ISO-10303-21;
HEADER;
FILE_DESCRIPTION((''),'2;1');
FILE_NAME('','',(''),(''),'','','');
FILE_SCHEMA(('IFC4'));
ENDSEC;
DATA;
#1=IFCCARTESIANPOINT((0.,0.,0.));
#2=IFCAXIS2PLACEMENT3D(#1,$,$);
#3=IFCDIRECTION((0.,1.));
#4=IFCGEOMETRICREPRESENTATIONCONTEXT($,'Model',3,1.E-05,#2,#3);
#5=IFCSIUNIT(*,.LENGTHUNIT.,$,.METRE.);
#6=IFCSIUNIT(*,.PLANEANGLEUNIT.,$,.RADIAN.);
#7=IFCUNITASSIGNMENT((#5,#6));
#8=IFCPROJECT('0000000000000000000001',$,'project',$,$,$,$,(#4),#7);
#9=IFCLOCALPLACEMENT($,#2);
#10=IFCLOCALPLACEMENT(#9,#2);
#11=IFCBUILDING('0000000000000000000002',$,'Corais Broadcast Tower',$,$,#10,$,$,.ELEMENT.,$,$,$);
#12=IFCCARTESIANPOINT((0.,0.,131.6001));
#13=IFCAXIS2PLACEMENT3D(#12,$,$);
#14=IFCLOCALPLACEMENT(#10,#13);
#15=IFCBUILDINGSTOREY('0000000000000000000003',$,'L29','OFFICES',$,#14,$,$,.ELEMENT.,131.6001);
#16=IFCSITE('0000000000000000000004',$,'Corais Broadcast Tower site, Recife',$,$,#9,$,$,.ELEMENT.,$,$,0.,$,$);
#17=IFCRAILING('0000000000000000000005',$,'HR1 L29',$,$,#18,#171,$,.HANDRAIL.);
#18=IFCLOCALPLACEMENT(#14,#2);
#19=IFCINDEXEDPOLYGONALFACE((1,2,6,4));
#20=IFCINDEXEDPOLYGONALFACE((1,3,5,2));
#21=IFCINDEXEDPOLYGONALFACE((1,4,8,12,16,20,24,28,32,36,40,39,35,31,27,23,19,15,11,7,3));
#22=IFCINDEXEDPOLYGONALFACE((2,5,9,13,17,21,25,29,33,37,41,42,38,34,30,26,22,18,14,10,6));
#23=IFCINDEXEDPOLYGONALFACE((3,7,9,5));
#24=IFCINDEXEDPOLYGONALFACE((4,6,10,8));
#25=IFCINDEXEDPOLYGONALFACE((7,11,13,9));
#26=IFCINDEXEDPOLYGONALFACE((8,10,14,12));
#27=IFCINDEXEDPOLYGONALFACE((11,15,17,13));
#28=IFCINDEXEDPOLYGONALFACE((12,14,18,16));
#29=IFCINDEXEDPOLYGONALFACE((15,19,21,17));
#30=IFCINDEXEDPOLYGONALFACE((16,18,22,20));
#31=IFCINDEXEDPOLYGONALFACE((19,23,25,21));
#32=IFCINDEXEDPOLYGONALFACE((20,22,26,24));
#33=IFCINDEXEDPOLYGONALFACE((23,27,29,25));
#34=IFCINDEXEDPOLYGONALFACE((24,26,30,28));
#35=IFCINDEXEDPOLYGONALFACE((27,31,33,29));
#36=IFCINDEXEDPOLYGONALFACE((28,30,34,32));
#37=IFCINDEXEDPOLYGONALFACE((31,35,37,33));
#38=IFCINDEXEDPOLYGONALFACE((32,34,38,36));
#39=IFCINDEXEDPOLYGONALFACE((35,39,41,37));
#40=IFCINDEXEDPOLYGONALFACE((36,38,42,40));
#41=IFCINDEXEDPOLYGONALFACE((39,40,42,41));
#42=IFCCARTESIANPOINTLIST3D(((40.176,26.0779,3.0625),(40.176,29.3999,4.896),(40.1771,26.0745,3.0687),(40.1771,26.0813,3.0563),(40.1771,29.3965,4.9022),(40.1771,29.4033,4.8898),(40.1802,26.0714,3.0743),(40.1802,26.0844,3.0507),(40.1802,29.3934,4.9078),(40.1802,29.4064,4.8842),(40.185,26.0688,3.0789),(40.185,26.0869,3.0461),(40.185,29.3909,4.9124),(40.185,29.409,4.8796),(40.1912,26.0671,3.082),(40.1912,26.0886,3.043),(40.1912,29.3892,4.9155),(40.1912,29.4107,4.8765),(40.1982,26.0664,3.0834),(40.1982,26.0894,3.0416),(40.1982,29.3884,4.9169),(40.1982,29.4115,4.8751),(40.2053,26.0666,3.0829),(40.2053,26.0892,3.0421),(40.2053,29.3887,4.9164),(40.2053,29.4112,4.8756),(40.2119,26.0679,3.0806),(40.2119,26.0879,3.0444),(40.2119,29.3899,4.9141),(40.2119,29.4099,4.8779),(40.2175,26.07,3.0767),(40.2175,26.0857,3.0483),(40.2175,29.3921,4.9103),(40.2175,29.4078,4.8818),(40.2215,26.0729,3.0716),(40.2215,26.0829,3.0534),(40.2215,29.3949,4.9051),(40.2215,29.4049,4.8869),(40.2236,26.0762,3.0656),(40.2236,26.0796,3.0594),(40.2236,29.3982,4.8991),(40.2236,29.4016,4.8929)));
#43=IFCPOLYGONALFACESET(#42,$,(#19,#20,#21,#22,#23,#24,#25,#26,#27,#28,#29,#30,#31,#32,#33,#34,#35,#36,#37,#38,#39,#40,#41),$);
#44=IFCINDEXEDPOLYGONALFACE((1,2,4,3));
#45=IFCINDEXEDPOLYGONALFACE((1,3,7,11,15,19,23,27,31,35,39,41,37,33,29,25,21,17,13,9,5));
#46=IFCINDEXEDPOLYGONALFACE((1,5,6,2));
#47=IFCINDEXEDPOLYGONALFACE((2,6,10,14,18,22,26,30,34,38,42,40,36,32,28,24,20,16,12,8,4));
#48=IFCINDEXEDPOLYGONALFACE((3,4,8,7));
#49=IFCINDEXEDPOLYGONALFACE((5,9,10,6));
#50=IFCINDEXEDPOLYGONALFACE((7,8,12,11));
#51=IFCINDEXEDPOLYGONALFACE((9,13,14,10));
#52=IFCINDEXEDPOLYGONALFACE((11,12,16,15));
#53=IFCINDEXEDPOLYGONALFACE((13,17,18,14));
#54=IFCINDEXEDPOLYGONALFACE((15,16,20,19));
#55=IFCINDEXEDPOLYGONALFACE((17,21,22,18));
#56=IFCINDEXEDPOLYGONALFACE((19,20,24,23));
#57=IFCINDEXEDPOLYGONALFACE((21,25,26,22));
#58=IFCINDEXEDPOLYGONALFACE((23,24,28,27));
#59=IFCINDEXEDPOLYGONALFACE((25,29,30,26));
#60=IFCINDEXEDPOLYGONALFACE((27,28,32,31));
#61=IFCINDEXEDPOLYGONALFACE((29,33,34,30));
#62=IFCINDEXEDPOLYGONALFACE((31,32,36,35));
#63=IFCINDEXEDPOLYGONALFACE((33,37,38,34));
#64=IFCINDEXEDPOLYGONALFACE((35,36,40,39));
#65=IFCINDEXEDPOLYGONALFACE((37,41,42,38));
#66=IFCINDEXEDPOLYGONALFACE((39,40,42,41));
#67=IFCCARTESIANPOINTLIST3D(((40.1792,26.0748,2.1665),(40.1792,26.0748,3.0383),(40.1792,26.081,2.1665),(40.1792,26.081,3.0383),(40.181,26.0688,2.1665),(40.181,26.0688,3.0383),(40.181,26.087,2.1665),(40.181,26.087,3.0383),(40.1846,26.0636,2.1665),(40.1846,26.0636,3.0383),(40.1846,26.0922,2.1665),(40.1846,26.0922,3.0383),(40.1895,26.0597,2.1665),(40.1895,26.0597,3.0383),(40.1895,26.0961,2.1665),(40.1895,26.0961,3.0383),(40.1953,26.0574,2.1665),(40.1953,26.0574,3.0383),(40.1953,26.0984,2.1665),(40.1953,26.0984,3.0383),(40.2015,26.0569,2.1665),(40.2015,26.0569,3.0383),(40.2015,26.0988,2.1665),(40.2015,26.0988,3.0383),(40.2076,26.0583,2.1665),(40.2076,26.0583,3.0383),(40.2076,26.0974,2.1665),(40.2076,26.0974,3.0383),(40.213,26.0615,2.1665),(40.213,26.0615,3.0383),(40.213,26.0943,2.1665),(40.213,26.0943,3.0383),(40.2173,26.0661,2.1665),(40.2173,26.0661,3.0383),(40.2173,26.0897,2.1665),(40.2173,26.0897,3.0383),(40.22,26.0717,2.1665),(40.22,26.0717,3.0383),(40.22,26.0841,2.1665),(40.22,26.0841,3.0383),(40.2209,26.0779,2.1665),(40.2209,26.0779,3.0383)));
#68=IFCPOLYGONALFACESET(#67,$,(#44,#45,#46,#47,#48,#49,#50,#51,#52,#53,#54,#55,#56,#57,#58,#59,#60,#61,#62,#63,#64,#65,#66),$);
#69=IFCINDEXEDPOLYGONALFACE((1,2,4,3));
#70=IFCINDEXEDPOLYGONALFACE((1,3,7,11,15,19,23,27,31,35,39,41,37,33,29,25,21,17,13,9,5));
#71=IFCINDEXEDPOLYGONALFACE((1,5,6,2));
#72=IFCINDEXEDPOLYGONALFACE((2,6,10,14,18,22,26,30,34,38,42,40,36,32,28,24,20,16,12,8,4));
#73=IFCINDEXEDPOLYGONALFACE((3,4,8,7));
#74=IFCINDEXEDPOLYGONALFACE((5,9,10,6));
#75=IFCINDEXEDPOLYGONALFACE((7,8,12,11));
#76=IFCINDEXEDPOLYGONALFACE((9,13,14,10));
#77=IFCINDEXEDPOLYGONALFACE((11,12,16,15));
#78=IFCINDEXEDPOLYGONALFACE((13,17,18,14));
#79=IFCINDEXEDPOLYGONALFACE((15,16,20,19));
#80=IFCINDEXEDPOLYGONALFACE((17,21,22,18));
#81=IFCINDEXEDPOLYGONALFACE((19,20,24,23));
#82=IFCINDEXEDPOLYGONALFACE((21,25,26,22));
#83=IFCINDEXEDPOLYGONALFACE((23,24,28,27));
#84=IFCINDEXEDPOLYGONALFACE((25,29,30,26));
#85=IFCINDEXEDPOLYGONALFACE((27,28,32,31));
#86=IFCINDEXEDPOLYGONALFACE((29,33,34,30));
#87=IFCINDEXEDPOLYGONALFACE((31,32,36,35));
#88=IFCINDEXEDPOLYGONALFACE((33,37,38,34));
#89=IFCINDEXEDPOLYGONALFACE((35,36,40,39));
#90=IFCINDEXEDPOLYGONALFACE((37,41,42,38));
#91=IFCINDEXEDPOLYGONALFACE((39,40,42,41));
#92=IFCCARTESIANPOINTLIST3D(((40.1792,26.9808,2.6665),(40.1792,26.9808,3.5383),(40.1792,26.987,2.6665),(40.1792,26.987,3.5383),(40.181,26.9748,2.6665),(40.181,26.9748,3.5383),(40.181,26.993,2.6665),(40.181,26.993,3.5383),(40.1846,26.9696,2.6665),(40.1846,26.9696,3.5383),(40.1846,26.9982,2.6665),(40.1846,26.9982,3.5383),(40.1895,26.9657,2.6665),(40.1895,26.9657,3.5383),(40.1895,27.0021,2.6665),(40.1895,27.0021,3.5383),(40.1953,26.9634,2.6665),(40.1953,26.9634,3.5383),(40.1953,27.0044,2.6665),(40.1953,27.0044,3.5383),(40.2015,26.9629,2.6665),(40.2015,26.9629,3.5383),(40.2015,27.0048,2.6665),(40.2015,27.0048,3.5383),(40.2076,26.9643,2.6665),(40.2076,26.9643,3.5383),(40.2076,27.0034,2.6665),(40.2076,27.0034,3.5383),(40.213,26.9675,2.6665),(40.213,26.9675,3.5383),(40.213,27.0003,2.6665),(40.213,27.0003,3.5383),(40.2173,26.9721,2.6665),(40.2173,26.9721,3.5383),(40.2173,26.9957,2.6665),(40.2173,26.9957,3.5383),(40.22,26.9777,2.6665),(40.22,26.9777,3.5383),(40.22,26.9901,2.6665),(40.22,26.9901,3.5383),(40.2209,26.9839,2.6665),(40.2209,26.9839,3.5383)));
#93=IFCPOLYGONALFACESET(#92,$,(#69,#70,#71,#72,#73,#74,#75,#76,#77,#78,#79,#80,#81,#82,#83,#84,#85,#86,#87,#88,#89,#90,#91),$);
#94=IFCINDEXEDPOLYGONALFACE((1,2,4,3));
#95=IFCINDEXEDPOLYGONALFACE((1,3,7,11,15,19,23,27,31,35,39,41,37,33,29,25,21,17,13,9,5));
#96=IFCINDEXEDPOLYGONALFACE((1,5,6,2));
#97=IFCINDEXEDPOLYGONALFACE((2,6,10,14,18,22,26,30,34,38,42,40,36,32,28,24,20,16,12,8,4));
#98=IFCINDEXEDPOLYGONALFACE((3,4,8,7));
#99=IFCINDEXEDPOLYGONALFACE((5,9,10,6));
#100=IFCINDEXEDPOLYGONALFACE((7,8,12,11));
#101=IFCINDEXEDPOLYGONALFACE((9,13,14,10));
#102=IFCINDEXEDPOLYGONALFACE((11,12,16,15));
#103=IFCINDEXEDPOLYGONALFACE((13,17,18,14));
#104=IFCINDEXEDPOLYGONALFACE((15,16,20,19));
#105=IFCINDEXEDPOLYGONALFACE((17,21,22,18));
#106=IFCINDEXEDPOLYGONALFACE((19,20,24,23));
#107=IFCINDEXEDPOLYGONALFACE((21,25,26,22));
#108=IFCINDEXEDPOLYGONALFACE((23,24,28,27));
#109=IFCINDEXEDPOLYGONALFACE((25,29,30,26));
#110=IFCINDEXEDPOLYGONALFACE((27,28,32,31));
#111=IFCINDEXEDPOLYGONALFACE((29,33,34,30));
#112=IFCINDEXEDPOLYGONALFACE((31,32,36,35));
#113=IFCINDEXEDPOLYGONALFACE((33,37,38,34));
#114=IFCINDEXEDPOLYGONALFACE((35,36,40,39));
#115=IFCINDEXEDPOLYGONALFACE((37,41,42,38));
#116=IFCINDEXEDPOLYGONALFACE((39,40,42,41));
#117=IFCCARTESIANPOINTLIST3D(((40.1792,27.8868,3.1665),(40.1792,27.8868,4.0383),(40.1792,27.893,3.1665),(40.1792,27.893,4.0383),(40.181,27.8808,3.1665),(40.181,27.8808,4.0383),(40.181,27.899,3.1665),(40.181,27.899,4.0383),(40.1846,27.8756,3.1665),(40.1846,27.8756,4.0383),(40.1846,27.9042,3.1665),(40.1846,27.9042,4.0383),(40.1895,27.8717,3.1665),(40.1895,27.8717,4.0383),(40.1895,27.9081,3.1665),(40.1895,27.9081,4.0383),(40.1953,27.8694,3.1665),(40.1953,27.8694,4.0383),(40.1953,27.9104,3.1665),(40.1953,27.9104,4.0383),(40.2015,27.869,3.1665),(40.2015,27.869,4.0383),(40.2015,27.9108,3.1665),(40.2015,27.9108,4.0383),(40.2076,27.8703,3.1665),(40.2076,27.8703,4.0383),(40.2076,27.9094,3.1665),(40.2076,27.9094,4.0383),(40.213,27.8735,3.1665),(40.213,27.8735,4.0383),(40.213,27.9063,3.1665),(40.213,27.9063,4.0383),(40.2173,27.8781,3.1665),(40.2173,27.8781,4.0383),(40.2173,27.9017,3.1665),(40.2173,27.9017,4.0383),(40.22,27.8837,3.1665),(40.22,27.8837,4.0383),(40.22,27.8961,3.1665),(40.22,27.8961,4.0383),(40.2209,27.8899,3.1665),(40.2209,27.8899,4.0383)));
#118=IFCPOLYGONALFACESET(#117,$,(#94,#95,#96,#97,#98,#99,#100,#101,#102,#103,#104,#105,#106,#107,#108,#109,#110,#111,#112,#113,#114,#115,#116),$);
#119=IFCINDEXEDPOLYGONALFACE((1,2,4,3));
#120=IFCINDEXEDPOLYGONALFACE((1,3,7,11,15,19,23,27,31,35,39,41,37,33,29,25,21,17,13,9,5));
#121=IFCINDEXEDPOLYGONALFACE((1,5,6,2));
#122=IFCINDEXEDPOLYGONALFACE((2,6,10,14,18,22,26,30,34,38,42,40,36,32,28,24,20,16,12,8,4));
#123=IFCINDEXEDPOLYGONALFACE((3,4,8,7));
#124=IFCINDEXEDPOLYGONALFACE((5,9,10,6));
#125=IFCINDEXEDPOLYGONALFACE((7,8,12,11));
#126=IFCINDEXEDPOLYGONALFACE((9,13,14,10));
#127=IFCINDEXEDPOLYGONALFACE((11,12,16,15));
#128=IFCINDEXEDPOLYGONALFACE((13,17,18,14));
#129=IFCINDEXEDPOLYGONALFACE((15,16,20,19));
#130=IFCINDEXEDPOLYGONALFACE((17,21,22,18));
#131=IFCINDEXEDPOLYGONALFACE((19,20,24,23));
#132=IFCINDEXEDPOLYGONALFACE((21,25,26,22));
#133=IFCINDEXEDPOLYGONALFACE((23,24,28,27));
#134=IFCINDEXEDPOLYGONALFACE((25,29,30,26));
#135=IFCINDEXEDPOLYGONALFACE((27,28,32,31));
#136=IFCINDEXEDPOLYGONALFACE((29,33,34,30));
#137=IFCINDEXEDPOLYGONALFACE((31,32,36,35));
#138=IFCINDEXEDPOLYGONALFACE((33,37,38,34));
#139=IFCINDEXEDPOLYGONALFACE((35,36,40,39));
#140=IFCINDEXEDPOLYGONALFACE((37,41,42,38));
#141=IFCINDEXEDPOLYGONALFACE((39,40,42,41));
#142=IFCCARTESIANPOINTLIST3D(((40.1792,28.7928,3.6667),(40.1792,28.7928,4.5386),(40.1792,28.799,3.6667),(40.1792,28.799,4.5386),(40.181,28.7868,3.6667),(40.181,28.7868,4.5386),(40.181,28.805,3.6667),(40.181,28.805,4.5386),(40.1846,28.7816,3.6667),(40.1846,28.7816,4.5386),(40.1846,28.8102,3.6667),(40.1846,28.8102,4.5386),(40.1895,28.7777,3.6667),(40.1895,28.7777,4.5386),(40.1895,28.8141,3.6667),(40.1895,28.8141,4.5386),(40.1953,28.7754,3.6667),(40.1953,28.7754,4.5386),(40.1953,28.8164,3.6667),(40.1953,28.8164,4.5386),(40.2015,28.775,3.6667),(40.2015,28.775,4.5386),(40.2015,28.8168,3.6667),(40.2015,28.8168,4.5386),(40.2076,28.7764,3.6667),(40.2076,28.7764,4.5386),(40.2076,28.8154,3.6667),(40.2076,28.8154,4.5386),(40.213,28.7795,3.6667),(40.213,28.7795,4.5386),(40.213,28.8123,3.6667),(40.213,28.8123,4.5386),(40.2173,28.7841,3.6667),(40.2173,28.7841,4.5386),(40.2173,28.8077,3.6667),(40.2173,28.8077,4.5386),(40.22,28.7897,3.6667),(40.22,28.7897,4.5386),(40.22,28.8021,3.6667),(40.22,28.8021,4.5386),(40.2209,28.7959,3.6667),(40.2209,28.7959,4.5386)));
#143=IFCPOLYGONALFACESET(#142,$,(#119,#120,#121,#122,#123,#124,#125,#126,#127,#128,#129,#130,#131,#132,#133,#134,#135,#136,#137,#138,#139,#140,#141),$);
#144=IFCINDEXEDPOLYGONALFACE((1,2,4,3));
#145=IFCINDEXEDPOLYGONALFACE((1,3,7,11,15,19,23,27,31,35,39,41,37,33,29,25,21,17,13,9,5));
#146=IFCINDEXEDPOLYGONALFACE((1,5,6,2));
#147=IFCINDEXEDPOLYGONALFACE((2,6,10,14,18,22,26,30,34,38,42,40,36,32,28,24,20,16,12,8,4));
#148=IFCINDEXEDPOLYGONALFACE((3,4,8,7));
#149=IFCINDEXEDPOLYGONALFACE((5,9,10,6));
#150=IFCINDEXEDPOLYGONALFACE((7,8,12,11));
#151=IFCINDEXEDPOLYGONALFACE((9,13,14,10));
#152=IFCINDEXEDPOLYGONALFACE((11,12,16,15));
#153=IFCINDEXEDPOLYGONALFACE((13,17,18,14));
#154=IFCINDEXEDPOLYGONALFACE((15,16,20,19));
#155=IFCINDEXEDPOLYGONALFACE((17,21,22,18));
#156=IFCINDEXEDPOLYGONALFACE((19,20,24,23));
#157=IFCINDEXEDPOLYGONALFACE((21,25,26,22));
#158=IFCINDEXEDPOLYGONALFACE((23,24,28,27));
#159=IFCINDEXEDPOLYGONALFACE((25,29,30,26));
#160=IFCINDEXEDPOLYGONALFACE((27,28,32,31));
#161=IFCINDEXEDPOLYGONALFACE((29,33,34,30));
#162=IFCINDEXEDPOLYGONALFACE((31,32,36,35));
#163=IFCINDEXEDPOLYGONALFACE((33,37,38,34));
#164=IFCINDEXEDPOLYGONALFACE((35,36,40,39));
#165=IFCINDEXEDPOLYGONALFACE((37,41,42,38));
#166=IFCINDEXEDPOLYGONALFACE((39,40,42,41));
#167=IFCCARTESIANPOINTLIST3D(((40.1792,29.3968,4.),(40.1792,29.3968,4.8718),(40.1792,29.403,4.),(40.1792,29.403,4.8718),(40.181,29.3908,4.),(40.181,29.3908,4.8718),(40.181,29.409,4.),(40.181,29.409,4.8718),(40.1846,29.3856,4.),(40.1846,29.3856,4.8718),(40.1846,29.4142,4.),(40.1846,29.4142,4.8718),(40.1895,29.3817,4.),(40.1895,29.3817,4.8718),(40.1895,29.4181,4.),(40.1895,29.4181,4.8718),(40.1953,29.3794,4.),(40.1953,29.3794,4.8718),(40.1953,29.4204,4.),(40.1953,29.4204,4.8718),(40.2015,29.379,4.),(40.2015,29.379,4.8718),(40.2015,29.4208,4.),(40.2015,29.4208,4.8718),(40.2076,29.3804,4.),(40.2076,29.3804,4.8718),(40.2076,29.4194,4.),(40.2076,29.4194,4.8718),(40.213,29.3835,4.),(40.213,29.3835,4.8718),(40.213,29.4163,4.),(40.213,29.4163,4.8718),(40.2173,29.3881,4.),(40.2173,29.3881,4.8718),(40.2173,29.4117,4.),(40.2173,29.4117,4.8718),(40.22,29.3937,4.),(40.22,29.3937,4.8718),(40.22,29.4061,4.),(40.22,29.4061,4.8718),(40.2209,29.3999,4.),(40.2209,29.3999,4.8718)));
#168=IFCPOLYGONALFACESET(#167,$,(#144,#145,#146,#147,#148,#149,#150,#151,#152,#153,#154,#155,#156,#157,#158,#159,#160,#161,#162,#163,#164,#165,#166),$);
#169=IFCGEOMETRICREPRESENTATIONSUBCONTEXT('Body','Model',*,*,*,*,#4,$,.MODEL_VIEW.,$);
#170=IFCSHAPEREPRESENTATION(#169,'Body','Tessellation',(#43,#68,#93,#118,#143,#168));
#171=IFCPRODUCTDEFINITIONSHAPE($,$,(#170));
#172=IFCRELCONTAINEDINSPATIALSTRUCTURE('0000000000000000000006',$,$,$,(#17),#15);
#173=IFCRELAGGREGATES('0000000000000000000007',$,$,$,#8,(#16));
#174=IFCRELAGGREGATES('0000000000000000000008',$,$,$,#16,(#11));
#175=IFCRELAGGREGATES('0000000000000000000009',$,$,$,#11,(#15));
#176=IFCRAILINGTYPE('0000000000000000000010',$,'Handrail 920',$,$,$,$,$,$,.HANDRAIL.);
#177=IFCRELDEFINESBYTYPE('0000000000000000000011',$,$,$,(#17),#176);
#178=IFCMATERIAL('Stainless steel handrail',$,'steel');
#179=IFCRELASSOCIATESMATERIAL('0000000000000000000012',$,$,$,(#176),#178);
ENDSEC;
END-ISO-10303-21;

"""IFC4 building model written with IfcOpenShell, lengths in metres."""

from ifc_helpers import new_model, si_unit, direction, frame, origin, origin_2d, place, context, subcontext, project, spatial, circle, extrude, material, type_object, element, save


model = new_model("IFC4")

# Units and contexts
model_context = context("Model", 3, precision=1e-05, world=origin(), true_north=direction((0.0, 1.0)))
body_context = subcontext(model_context, "Body", "Model", "MODEL_VIEW")
ifc_project = project(units=[si_unit("LENGTHUNIT", "METRE"), si_unit("PLANEANGLEUNIT", "RADIAN")], contexts=[model_context])

# Site, building, storey
site_placement = place(None, origin())
site = spatial("IfcSite", under=ifc_project, at=site_placement, Name="Corais Broadcast Tower site, Recife", CompositionType="ELEMENT", RefElevation=0.0)
building_placement = place(site_placement, origin())
building = spatial("IfcBuilding", under=site, at=building_placement, Name="Corais Broadcast Tower", CompositionType="ELEMENT")
storey_placement = place(building_placement, frame((0.0, 0.0, 131.6001)))
storey = spatial("IfcBuildingStorey", under=building, at=storey_placement, Name="L29", Description="OFFICES", CompositionType="ELEMENT", Elevation=131.6001)

# Railing
ifc_material_1 = material(Name="Stainless steel handrail", Category="steel")
railing_type = type_object("IfcRailingType", Name="Handrail 920", PredefinedType="HANDRAIL", material=ifc_material_1)
for number, where, name in (
    (1, (40.2, 26.0779, 2.1665), "HR1 L29"),
):
    element("IfcRailing", number, at=place(storey_placement, frame(where)), inside=storey, type_object=railing_type, Name=name, PredefinedType="HANDRAIL", context=body_context, shape_type="SweptSolid", body=[
        extrude(circle(Radius=0.0239, at=origin_2d()), frame((0.0, 0.0, 0.896), z_axis=(0.0, 0.875504, 0.48321), x_axis=(-1.0, 0.0, 0.0)), (0.0, 0.0, 1.0), 3.7944),
        extrude(circle(Radius=0.021, at=origin_2d()), origin(), (0.0, 0.0, 1.0), 0.8718),
        extrude(circle(Radius=0.021, at=origin_2d()), frame((0.0, 0.906, 0.5)), (0.0, 0.0, 1.0), 0.8718),
        extrude(circle(Radius=0.021, at=origin_2d()), frame((0.0, 1.812, 1.0)), (0.0, 0.0, 1.0), 0.8718),
        extrude(circle(Radius=0.021, at=origin_2d()), frame((0.0, 2.718, 1.5002)), (0.0, 0.0, 1.0), 0.8718),
        extrude(circle(Radius=0.021, at=origin_2d()), frame((0.0, 3.322, 1.8335)), (0.0, 0.0, 1.0), 0.8718),
    ])

save(model, "model.ifc")
